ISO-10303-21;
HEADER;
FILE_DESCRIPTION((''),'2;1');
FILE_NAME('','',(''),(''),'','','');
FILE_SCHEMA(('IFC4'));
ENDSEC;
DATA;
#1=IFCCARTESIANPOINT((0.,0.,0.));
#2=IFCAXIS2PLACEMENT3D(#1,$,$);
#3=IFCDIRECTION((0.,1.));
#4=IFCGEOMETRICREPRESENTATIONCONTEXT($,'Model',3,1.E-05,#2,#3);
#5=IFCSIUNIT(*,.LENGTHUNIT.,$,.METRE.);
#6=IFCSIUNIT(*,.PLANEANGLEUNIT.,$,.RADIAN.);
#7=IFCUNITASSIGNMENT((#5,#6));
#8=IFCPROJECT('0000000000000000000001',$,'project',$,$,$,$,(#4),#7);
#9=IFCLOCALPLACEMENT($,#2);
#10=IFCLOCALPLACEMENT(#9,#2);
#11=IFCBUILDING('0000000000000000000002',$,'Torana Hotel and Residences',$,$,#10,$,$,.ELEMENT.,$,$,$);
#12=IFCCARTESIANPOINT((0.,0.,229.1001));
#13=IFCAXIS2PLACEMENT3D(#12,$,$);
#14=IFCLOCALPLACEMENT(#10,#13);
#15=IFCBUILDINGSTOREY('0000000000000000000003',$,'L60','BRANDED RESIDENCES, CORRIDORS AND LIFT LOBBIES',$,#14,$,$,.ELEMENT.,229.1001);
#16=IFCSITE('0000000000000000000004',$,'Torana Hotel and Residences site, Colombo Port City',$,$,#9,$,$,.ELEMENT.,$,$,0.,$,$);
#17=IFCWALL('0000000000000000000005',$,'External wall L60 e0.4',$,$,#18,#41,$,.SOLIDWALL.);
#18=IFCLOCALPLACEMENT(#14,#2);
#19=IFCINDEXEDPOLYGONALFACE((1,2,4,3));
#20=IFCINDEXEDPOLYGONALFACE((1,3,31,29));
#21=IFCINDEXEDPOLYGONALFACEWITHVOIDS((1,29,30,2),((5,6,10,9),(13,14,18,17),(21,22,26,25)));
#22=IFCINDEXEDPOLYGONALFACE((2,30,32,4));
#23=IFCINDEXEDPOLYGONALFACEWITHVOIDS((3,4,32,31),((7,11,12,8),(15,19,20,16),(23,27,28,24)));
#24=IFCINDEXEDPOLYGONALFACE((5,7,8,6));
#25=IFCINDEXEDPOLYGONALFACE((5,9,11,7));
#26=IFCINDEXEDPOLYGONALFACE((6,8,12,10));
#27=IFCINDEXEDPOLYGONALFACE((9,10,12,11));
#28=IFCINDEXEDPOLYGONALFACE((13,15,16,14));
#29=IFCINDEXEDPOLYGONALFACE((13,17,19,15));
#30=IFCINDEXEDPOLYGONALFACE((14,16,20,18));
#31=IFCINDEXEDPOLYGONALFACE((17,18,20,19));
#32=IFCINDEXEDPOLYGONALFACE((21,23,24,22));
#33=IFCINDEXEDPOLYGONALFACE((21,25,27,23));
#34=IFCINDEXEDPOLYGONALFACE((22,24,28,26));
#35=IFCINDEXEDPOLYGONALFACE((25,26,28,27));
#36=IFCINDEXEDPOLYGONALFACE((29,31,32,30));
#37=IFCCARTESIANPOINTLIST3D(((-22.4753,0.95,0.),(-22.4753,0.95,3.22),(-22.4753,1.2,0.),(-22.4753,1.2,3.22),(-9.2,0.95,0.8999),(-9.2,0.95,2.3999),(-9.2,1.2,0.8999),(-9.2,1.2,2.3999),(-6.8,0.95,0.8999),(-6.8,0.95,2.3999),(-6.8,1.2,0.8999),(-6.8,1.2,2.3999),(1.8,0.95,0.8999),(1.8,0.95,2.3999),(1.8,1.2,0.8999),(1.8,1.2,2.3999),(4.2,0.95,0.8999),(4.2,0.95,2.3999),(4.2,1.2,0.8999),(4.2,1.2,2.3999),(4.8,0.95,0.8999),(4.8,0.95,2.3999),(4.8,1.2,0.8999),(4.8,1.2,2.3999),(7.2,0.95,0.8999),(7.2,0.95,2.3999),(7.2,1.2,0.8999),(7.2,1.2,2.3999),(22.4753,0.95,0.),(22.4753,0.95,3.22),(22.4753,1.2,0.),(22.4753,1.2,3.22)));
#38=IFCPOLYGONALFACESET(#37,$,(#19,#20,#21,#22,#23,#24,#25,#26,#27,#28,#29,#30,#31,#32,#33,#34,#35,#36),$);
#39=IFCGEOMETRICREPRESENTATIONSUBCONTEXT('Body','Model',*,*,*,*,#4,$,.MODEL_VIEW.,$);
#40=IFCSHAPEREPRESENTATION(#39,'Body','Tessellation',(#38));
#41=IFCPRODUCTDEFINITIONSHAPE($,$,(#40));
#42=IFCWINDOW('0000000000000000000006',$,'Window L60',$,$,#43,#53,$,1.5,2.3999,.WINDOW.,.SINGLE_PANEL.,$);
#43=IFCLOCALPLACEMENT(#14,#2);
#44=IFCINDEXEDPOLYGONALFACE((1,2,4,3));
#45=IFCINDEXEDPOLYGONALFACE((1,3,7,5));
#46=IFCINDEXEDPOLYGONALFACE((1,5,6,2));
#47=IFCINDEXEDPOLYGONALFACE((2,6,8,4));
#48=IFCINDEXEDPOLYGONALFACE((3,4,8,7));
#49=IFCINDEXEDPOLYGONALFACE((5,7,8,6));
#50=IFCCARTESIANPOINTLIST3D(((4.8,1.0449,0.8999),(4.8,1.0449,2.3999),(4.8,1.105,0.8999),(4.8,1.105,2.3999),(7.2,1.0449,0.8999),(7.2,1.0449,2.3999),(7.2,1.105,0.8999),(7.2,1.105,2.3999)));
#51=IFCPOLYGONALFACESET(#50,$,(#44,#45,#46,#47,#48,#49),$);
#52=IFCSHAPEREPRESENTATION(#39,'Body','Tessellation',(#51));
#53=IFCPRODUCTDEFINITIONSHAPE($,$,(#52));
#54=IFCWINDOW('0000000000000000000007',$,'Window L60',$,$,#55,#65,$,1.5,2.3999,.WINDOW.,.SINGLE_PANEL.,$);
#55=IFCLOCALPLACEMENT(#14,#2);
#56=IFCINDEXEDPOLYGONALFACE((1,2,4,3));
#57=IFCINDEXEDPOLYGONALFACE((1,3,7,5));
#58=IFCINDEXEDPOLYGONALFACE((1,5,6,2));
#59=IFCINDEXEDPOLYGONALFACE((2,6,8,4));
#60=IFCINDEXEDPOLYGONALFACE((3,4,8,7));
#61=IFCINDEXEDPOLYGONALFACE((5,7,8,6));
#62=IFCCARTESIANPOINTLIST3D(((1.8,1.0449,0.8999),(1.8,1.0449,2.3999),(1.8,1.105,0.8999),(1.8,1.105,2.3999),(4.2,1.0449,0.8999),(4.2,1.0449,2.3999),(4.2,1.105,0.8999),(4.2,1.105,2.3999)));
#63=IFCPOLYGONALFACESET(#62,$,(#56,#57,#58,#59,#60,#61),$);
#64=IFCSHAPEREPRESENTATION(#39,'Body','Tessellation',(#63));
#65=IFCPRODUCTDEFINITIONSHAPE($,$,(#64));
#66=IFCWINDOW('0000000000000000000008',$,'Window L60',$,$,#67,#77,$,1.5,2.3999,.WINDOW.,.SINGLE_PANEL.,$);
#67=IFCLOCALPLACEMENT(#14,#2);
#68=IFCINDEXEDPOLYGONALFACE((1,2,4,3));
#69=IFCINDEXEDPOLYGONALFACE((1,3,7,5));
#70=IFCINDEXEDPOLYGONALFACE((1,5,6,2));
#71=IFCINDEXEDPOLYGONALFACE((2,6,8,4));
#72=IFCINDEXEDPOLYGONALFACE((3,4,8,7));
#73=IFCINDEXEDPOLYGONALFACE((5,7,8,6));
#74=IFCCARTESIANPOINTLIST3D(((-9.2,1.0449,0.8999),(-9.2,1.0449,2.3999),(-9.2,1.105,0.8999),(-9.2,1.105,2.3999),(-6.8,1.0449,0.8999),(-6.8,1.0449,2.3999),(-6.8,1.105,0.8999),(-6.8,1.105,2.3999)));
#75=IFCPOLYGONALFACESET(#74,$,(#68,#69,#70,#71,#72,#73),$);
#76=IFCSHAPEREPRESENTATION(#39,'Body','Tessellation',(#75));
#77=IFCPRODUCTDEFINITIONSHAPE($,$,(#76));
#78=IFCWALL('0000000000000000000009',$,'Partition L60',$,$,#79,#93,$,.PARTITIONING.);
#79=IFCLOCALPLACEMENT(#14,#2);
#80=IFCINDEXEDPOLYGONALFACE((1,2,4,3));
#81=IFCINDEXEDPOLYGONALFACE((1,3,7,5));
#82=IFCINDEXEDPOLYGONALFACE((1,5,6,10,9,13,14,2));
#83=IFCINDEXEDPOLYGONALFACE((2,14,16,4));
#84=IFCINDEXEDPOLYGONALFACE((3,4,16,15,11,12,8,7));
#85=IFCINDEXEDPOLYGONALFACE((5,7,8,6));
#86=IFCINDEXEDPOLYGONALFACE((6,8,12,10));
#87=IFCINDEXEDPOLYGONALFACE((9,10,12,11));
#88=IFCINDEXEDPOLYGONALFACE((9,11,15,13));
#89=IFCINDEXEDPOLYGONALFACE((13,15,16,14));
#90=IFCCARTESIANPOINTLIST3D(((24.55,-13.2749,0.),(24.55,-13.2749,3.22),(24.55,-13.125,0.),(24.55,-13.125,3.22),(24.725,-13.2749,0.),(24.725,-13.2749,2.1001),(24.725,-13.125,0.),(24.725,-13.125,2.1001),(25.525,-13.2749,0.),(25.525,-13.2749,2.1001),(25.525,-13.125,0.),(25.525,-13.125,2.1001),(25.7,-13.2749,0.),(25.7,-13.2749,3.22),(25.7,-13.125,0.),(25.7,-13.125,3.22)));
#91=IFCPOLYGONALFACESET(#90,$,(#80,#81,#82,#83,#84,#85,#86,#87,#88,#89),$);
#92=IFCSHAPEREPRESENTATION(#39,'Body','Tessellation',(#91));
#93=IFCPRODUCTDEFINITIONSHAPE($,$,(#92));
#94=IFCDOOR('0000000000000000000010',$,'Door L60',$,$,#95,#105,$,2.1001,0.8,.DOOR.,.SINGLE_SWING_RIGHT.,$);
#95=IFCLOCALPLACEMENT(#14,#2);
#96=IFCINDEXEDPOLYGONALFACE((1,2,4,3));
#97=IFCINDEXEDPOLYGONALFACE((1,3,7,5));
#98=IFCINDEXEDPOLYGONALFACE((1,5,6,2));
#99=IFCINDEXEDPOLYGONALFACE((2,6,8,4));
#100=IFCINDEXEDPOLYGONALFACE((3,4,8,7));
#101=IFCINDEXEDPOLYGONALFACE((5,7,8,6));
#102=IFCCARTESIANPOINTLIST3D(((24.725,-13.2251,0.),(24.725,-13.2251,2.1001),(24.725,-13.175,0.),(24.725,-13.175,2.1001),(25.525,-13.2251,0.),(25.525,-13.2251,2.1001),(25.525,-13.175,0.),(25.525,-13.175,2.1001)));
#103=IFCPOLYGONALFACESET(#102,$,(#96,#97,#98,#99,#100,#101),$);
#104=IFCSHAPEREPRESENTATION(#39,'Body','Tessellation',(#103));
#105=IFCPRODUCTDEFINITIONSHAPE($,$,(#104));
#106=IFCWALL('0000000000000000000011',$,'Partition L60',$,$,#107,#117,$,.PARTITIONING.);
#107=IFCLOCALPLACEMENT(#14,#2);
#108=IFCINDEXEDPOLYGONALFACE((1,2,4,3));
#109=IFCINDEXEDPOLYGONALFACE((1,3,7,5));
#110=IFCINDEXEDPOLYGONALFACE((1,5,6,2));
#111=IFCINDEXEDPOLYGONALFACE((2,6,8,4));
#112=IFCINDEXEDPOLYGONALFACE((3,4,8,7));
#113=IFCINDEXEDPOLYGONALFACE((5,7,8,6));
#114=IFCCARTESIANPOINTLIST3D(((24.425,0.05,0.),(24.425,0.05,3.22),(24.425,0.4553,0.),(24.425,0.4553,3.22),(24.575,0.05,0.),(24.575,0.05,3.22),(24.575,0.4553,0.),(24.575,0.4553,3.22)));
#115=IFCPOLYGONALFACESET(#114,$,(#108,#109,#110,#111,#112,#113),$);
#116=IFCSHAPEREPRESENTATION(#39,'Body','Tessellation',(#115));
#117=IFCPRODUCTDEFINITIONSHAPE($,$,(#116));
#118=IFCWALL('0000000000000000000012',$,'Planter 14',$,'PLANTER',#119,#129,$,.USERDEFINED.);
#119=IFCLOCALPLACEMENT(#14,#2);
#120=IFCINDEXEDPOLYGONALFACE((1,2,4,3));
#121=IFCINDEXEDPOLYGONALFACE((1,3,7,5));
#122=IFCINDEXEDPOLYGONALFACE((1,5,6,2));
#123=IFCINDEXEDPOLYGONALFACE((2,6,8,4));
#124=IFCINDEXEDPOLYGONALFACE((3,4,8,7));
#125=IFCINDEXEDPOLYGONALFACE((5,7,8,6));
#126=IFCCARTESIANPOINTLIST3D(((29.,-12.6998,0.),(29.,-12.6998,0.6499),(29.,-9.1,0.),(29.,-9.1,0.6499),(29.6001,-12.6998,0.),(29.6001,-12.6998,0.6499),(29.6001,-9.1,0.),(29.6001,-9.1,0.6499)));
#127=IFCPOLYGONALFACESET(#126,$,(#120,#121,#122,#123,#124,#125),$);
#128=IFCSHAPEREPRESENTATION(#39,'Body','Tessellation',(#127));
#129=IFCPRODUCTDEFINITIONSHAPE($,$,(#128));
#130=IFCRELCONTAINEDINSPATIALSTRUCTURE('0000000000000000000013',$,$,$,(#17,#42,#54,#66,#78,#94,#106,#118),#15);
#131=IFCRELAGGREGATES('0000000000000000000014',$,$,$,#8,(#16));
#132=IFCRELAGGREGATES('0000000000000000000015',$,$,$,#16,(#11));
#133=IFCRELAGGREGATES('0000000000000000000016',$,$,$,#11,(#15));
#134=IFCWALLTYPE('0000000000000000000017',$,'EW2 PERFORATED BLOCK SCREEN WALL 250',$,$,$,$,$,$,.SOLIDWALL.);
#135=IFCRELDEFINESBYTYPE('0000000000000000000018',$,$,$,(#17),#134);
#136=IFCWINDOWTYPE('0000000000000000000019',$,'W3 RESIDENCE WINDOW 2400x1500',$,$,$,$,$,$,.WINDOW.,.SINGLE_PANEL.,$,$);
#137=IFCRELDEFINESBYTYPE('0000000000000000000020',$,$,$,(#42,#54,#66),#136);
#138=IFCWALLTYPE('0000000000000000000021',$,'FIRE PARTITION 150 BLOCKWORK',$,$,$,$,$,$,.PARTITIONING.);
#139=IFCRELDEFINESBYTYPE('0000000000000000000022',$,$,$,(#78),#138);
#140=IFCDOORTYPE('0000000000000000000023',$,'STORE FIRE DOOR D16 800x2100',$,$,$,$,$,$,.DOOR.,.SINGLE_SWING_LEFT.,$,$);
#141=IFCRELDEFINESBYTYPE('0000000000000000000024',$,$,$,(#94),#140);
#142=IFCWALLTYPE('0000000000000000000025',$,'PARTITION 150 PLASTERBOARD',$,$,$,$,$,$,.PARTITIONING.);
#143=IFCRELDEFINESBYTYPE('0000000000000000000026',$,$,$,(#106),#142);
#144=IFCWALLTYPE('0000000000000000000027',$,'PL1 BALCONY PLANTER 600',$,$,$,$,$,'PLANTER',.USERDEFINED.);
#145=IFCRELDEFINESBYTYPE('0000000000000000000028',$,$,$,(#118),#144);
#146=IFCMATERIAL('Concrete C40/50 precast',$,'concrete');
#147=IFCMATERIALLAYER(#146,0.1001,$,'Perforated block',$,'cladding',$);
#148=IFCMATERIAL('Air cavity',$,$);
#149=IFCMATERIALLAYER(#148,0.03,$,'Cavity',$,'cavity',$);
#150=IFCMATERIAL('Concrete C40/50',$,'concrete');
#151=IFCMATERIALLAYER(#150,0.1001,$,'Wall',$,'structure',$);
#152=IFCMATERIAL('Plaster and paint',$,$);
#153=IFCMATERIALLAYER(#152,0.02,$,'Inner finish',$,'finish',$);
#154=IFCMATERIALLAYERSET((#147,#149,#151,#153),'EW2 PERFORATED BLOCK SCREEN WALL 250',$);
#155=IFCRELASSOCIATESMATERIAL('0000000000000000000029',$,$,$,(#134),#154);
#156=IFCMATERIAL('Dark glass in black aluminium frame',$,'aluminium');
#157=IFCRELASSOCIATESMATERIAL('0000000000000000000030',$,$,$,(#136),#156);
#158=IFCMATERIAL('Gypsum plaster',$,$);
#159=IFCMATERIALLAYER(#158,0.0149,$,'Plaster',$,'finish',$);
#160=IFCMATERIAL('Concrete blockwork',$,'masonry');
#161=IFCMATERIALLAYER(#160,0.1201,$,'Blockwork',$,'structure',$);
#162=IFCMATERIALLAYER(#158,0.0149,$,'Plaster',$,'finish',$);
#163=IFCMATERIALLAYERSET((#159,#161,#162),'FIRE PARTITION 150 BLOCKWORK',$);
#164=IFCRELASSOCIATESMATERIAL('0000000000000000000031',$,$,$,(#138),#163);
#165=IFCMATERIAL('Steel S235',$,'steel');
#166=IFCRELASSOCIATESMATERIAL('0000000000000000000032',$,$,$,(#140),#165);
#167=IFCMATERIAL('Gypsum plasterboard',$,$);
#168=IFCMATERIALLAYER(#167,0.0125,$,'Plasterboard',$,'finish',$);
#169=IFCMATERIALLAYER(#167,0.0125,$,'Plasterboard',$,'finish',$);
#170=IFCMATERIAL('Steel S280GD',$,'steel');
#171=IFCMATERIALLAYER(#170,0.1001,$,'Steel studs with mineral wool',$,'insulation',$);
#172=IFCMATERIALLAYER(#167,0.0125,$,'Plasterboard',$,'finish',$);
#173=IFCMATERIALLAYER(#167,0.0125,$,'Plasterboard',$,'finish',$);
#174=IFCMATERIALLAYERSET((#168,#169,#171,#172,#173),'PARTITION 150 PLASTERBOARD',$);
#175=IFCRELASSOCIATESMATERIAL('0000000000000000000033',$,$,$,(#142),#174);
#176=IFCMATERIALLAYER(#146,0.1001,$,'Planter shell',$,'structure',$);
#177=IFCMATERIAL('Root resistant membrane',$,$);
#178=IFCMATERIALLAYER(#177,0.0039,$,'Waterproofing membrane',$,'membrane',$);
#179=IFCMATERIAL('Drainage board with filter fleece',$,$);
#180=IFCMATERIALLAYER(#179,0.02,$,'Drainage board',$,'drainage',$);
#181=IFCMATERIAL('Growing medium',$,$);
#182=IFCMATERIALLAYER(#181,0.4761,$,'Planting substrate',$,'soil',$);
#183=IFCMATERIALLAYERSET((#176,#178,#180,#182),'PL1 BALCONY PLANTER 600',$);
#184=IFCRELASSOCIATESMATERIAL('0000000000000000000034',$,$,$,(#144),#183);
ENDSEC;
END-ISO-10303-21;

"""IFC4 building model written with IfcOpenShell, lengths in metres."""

from ifc_helpers import new_model, si_unit, direction, frame, frame_2d, origin, place, context, subcontext, project, spatial, rectangle, extrude, material, layer, layer_set, type_object, element, fill, save


model = new_model("IFC4")

# Units and contexts
model_context = context("Model", 3, precision=1e-05, world=origin(), true_north=direction((0.0, 1.0)))
body_context = subcontext(model_context, "Body", "Model", "MODEL_VIEW")
ifc_project = project(units=[si_unit("LENGTHUNIT", "METRE"), si_unit("PLANEANGLEUNIT", "RADIAN")], contexts=[model_context])

# Site, building, storey
site_placement = place(None, origin())
site = spatial("IfcSite", under=ifc_project, at=site_placement, Name="Torana Hotel and Residences site, Colombo Port City", CompositionType="ELEMENT", RefElevation=0.0)
building_placement = place(site_placement, origin())
building = spatial("IfcBuilding", under=site, at=building_placement, Name="Torana Hotel and Residences", CompositionType="ELEMENT")
storey_placement = place(building_placement, frame((0.0, 0.0, 229.1001)))
storey = spatial("IfcBuildingStorey", under=building, at=storey_placement, Name="L60", Description="BRANDED RESIDENCES, CORRIDORS AND LIFT LOBBIES", CompositionType="ELEMENT", Elevation=229.1001)

# Shared definitions
ifc_material_1 = material(Name="Steel S280GD", Category="steel")

# Wall, openings, windows
ifc_material_2 = material(Name="Concrete C40/50 precast", Category="concrete")
ifc_layer_1 = layer(ifc_material_2, 0.1001, Name="Perforated block", Category="cladding")
ifc_material_3 = material(Name="Air cavity")
ifc_layer_2 = layer(ifc_material_3, 0.03, Name="Cavity", Category="cavity")
ifc_material_4 = material(Name="Concrete C40/50", Category="concrete")
ifc_layer_3 = layer(ifc_material_4, 0.1001, Name="Wall", Category="structure")
ifc_material_5 = material(Name="Plaster and paint")
ifc_layer_4 = layer(ifc_material_5, 0.02, Name="Inner finish", Category="finish")
ifc_layer_set_1 = layer_set([ifc_layer_1, ifc_layer_2, ifc_layer_3, ifc_layer_4], Name="EW2 PERFORATED BLOCK SCREEN WALL 250")
wall_type_1 = type_object("IfcWallType", Name="EW2 PERFORATED BLOCK SCREEN WALL 250", PredefinedType="SOLIDWALL", material=ifc_layer_set_1)
wall_1_placement = place(storey_placement, frame((22.4753, 1.075, 0.0), z_axis=(0.0, 0.0, 1.0), x_axis=(-1.0, 0.0, 0.0)))
wall_1 = element("IfcWall", 1, at=wall_1_placement, inside=storey, type_object=wall_type_1, Name="External wall L60 e0.4", PredefinedType="SOLIDWALL", context=body_context, shape_type="SweptSolid", body=[
    extrude(rectangle(XDim=44.9507, YDim=0.25, at=frame_2d((22.4753, 0.0))), origin(), (0.0, 0.0, 1.0), 3.22),
])
opening_1_placement = place(wall_1_placement, frame((15.2754, 0.0, 0.8999)))
opening_1 = element("IfcOpeningElement", 2, at=opening_1_placement, cuts=wall_1, PredefinedType="OPENING", context=body_context, shape_type="SweptSolid", body=[
    extrude(rectangle(XDim=2.3999, YDim=1.5, at=frame_2d((1.2, 0.75))), frame((0.0, 0.135, 0.0), z_axis=(0.0, -1.0, 0.0), x_axis=(1.0, 0.0, 0.0)), (0.0, 0.0, 1.0), 0.27),
])
opening_2_placement = place(wall_1_placement, frame((18.2754, 0.0, 0.8999)))
opening_2 = element("IfcOpeningElement", 3, at=opening_2_placement, cuts=wall_1, PredefinedType="OPENING", context=body_context, shape_type="SweptSolid", body=[
    extrude(rectangle(XDim=2.3999, YDim=1.5, at=frame_2d((1.2, 0.75))), frame((0.0, 0.135, 0.0), z_axis=(0.0, -1.0, 0.0), x_axis=(1.0, 0.0, 0.0)), (0.0, 0.0, 1.0), 0.27),
])
opening_3_placement = place(wall_1_placement, frame((29.2754, 0.0, 0.8999)))
opening_3 = element("IfcOpeningElement", 4, at=opening_3_placement, cuts=wall_1, PredefinedType="OPENING", context=body_context, shape_type="SweptSolid", body=[
    extrude(rectangle(XDim=2.3999, YDim=1.5, at=frame_2d((1.2, 0.75))), frame((0.0, 0.135, 0.0), z_axis=(0.0, -1.0, 0.0), x_axis=(1.0, 0.0, 0.0)), (0.0, 0.0, 1.0), 0.27),
])
ifc_material_6 = material(Name="Dark glass in black aluminium frame", Category="aluminium")
window_type = type_object("IfcWindowType", Name="W3 RESIDENCE WINDOW 2400x1500", PartitioningType="SINGLE_PANEL", PredefinedType="WINDOW", material=ifc_material_6)
window_1_placement = place(opening_1_placement, origin())
window_1 = element("IfcWindow", 5, at=window_1_placement, inside=storey, type_object=window_type, Name="Window L60", OverallHeight=1.5, OverallWidth=2.3999, PartitioningType="SINGLE_PANEL", PredefinedType="WINDOW", context=body_context, shape_type="SweptSolid", body=[
    extrude(rectangle(XDim=2.3999, YDim=1.5, at=frame_2d((1.2, 0.75))), frame((0.0, 0.03, 0.0), z_axis=(0.0, -1.0, 0.0), x_axis=(1.0, 0.0, 0.0)), (0.0, 0.0, 1.0), 0.0601),
])
fill(opening_1, window_1)
window_2_placement = place(opening_2_placement, origin())
window_2 = element("IfcWindow", 6, at=window_2_placement, inside=storey, type_object=window_type, Name="Window L60", OverallHeight=1.5, OverallWidth=2.3999, PartitioningType="SINGLE_PANEL", PredefinedType="WINDOW", context=body_context, shape_type="SweptSolid", body=[
    extrude(rectangle(XDim=2.3999, YDim=1.5, at=frame_2d((1.2, 0.75))), frame((0.0, 0.03, 0.0), z_axis=(0.0, -1.0, 0.0), x_axis=(1.0, 0.0, 0.0)), (0.0, 0.0, 1.0), 0.0601),
])
fill(opening_2, window_2)
window_3_placement = place(opening_3_placement, origin())
window_3 = element("IfcWindow", 7, at=window_3_placement, inside=storey, type_object=window_type, Name="Window L60", OverallHeight=1.5, OverallWidth=2.3999, PartitioningType="SINGLE_PANEL", PredefinedType="WINDOW", context=body_context, shape_type="SweptSolid", body=[
    extrude(rectangle(XDim=2.3999, YDim=1.5, at=frame_2d((1.2, 0.75))), frame((0.0, 0.03, 0.0), z_axis=(0.0, -1.0, 0.0), x_axis=(1.0, 0.0, 0.0)), (0.0, 0.0, 1.0), 0.0601),
])
fill(opening_3, window_3)

# Wall, opening, door
ifc_material_7 = material(Name="Gypsum plaster")
ifc_layer_5 = layer(ifc_material_7, 0.0149, Name="Plaster", Category="finish")
ifc_material_8 = material(Name="Concrete blockwork", Category="masonry")
ifc_layer_6 = layer(ifc_material_8, 0.1201, Name="Blockwork", Category="structure")
ifc_layer_7 = layer(ifc_material_7, 0.0149, Name="Plaster", Category="finish")
ifc_layer_set_2 = layer_set([ifc_layer_5, ifc_layer_6, ifc_layer_7], Name="FIRE PARTITION 150 BLOCKWORK")
wall_type_2 = type_object("IfcWallType", Name="FIRE PARTITION 150 BLOCKWORK", PredefinedType="PARTITIONING", material=ifc_layer_set_2)
wall_2_placement = place(storey_placement, frame((24.55, -13.2, 0.0), z_axis=(0.0, 0.0, 1.0), x_axis=(1.0, 0.0, 0.0)))
wall_2 = element("IfcWall", 8, at=wall_2_placement, inside=storey, type_object=wall_type_2, Name="Partition L60", PredefinedType="PARTITIONING", context=body_context, shape_type="SweptSolid", body=[
    extrude(rectangle(XDim=1.1499, YDim=0.1499, at=frame_2d((0.575, 0.0))), origin(), (0.0, 0.0, 1.0), 3.22),
])
opening_4_placement = place(wall_2_placement, frame((0.175, 0.0, 0.0)))
opening_4 = element("IfcOpeningElement", 9, at=opening_4_placement, cuts=wall_2, PredefinedType="OPENING", context=body_context, shape_type="SweptSolid", body=[
    extrude(rectangle(XDim=0.8, YDim=2.1001, at=frame_2d((0.3999, 1.05))), frame((0.0, 0.085, 0.0), z_axis=(0.0, -1.0, 0.0), x_axis=(1.0, 0.0, 0.0)), (0.0, 0.0, 1.0), 0.1699),
])
ifc_material_9 = material(Name="Steel S235", Category="steel")
door_type_1 = type_object("IfcDoorType", Name="STORE FIRE DOOR D16 800x2100", OperationType="SINGLE_SWING_LEFT", PredefinedType="DOOR", material=ifc_material_9)
door_1_placement = place(opening_4_placement, origin())
door_1 = element("IfcDoor", 10, at=door_1_placement, inside=storey, type_object=door_type_1, Name="Door L60", OperationType="SINGLE_SWING_RIGHT", OverallHeight=2.1001, OverallWidth=0.8, PredefinedType="DOOR", context=body_context, shape_type="SweptSolid", body=[
    extrude(rectangle(XDim=0.8, YDim=2.1001, at=frame_2d((0.3999, 1.05))), frame((0.0, 0.0249, 0.0), z_axis=(0.0, -1.0, 0.0), x_axis=(1.0, 0.0, 0.0)), (0.0, 0.0, 1.0), 0.05),
])
fill(opening_4, door_1)

# Walls
ifc_material_10 = material(Name="Gypsum plasterboard")
ifc_layer_8 = layer(ifc_material_10, 0.0125, Name="Plasterboard", Category="finish")
ifc_layer_9 = layer(ifc_material_10, 0.0125, Name="Plasterboard", Category="finish")
ifc_layer_10 = layer(ifc_material_1, 0.1001, Name="Steel studs with mineral wool", Category="insulation")
ifc_layer_11 = layer(ifc_material_10, 0.0125, Name="Plasterboard", Category="finish")
ifc_layer_12 = layer(ifc_material_10, 0.0125, Name="Plasterboard", Category="finish")
ifc_layer_set_3 = layer_set([ifc_layer_8, ifc_layer_9, ifc_layer_10, ifc_layer_11, ifc_layer_12], Name="PARTITION 150 PLASTERBOARD")
wall_type_3 = type_object("IfcWallType", Name="PARTITION 150 PLASTERBOARD", PredefinedType="PARTITIONING", material=ifc_layer_set_3)
wall_3_placement = place(storey_placement, frame((24.5, 0.05, 0.0), z_axis=(0.0, 0.0, 1.0), x_axis=(0.0, 1.0, 0.0)))
element("IfcWall", 11, at=wall_3_placement, inside=storey, type_object=wall_type_3, Name="Partition L60", PredefinedType="PARTITIONING", context=body_context, shape_type="SweptSolid", body=[
    extrude(rectangle(XDim=0.4053, YDim=0.1499, at=frame_2d((0.2026, 0.0))), origin(), (0.0, 0.0, 1.0), 3.22),
])
ifc_layer_13 = layer(ifc_material_2, 0.1001, Name="Planter shell", Category="structure")
ifc_material_11 = material(Name="Root resistant membrane")
ifc_layer_14 = layer(ifc_material_11, 0.0039, Name="Waterproofing membrane", Category="membrane")
ifc_material_12 = material(Name="Drainage board with filter fleece")
ifc_layer_15 = layer(ifc_material_12, 0.02, Name="Drainage board", Category="drainage")
ifc_material_13 = material(Name="Growing medium")
ifc_layer_16 = layer(ifc_material_13, 0.4761, Name="Planting substrate", Category="soil")
ifc_layer_set_4 = layer_set([ifc_layer_13, ifc_layer_14, ifc_layer_15, ifc_layer_16], Name="PL1 BALCONY PLANTER 600")
wall_type_4 = type_object("IfcWallType", Name="PL1 BALCONY PLANTER 600", ElementType="PLANTER", PredefinedType="USERDEFINED", material=ifc_layer_set_4)
wall_4_placement = place(storey_placement, frame((29.3, -9.1001, 0.0), z_axis=(0.0, 0.0, 1.0), x_axis=(0.0, -1.0, 0.0)))
element("IfcWall", 12, at=wall_4_placement, inside=storey, type_object=wall_type_4, Name="Planter 14", ObjectType="PLANTER", PredefinedType="USERDEFINED", context=body_context, shape_type="SweptSolid", body=[
    extrude(rectangle(XDim=3.5999, YDim=0.6001, at=frame_2d((1.7998, 0.0))), origin(), (0.0, 0.0, 1.0), 0.6499),
])

save(model, "model.ifc")
